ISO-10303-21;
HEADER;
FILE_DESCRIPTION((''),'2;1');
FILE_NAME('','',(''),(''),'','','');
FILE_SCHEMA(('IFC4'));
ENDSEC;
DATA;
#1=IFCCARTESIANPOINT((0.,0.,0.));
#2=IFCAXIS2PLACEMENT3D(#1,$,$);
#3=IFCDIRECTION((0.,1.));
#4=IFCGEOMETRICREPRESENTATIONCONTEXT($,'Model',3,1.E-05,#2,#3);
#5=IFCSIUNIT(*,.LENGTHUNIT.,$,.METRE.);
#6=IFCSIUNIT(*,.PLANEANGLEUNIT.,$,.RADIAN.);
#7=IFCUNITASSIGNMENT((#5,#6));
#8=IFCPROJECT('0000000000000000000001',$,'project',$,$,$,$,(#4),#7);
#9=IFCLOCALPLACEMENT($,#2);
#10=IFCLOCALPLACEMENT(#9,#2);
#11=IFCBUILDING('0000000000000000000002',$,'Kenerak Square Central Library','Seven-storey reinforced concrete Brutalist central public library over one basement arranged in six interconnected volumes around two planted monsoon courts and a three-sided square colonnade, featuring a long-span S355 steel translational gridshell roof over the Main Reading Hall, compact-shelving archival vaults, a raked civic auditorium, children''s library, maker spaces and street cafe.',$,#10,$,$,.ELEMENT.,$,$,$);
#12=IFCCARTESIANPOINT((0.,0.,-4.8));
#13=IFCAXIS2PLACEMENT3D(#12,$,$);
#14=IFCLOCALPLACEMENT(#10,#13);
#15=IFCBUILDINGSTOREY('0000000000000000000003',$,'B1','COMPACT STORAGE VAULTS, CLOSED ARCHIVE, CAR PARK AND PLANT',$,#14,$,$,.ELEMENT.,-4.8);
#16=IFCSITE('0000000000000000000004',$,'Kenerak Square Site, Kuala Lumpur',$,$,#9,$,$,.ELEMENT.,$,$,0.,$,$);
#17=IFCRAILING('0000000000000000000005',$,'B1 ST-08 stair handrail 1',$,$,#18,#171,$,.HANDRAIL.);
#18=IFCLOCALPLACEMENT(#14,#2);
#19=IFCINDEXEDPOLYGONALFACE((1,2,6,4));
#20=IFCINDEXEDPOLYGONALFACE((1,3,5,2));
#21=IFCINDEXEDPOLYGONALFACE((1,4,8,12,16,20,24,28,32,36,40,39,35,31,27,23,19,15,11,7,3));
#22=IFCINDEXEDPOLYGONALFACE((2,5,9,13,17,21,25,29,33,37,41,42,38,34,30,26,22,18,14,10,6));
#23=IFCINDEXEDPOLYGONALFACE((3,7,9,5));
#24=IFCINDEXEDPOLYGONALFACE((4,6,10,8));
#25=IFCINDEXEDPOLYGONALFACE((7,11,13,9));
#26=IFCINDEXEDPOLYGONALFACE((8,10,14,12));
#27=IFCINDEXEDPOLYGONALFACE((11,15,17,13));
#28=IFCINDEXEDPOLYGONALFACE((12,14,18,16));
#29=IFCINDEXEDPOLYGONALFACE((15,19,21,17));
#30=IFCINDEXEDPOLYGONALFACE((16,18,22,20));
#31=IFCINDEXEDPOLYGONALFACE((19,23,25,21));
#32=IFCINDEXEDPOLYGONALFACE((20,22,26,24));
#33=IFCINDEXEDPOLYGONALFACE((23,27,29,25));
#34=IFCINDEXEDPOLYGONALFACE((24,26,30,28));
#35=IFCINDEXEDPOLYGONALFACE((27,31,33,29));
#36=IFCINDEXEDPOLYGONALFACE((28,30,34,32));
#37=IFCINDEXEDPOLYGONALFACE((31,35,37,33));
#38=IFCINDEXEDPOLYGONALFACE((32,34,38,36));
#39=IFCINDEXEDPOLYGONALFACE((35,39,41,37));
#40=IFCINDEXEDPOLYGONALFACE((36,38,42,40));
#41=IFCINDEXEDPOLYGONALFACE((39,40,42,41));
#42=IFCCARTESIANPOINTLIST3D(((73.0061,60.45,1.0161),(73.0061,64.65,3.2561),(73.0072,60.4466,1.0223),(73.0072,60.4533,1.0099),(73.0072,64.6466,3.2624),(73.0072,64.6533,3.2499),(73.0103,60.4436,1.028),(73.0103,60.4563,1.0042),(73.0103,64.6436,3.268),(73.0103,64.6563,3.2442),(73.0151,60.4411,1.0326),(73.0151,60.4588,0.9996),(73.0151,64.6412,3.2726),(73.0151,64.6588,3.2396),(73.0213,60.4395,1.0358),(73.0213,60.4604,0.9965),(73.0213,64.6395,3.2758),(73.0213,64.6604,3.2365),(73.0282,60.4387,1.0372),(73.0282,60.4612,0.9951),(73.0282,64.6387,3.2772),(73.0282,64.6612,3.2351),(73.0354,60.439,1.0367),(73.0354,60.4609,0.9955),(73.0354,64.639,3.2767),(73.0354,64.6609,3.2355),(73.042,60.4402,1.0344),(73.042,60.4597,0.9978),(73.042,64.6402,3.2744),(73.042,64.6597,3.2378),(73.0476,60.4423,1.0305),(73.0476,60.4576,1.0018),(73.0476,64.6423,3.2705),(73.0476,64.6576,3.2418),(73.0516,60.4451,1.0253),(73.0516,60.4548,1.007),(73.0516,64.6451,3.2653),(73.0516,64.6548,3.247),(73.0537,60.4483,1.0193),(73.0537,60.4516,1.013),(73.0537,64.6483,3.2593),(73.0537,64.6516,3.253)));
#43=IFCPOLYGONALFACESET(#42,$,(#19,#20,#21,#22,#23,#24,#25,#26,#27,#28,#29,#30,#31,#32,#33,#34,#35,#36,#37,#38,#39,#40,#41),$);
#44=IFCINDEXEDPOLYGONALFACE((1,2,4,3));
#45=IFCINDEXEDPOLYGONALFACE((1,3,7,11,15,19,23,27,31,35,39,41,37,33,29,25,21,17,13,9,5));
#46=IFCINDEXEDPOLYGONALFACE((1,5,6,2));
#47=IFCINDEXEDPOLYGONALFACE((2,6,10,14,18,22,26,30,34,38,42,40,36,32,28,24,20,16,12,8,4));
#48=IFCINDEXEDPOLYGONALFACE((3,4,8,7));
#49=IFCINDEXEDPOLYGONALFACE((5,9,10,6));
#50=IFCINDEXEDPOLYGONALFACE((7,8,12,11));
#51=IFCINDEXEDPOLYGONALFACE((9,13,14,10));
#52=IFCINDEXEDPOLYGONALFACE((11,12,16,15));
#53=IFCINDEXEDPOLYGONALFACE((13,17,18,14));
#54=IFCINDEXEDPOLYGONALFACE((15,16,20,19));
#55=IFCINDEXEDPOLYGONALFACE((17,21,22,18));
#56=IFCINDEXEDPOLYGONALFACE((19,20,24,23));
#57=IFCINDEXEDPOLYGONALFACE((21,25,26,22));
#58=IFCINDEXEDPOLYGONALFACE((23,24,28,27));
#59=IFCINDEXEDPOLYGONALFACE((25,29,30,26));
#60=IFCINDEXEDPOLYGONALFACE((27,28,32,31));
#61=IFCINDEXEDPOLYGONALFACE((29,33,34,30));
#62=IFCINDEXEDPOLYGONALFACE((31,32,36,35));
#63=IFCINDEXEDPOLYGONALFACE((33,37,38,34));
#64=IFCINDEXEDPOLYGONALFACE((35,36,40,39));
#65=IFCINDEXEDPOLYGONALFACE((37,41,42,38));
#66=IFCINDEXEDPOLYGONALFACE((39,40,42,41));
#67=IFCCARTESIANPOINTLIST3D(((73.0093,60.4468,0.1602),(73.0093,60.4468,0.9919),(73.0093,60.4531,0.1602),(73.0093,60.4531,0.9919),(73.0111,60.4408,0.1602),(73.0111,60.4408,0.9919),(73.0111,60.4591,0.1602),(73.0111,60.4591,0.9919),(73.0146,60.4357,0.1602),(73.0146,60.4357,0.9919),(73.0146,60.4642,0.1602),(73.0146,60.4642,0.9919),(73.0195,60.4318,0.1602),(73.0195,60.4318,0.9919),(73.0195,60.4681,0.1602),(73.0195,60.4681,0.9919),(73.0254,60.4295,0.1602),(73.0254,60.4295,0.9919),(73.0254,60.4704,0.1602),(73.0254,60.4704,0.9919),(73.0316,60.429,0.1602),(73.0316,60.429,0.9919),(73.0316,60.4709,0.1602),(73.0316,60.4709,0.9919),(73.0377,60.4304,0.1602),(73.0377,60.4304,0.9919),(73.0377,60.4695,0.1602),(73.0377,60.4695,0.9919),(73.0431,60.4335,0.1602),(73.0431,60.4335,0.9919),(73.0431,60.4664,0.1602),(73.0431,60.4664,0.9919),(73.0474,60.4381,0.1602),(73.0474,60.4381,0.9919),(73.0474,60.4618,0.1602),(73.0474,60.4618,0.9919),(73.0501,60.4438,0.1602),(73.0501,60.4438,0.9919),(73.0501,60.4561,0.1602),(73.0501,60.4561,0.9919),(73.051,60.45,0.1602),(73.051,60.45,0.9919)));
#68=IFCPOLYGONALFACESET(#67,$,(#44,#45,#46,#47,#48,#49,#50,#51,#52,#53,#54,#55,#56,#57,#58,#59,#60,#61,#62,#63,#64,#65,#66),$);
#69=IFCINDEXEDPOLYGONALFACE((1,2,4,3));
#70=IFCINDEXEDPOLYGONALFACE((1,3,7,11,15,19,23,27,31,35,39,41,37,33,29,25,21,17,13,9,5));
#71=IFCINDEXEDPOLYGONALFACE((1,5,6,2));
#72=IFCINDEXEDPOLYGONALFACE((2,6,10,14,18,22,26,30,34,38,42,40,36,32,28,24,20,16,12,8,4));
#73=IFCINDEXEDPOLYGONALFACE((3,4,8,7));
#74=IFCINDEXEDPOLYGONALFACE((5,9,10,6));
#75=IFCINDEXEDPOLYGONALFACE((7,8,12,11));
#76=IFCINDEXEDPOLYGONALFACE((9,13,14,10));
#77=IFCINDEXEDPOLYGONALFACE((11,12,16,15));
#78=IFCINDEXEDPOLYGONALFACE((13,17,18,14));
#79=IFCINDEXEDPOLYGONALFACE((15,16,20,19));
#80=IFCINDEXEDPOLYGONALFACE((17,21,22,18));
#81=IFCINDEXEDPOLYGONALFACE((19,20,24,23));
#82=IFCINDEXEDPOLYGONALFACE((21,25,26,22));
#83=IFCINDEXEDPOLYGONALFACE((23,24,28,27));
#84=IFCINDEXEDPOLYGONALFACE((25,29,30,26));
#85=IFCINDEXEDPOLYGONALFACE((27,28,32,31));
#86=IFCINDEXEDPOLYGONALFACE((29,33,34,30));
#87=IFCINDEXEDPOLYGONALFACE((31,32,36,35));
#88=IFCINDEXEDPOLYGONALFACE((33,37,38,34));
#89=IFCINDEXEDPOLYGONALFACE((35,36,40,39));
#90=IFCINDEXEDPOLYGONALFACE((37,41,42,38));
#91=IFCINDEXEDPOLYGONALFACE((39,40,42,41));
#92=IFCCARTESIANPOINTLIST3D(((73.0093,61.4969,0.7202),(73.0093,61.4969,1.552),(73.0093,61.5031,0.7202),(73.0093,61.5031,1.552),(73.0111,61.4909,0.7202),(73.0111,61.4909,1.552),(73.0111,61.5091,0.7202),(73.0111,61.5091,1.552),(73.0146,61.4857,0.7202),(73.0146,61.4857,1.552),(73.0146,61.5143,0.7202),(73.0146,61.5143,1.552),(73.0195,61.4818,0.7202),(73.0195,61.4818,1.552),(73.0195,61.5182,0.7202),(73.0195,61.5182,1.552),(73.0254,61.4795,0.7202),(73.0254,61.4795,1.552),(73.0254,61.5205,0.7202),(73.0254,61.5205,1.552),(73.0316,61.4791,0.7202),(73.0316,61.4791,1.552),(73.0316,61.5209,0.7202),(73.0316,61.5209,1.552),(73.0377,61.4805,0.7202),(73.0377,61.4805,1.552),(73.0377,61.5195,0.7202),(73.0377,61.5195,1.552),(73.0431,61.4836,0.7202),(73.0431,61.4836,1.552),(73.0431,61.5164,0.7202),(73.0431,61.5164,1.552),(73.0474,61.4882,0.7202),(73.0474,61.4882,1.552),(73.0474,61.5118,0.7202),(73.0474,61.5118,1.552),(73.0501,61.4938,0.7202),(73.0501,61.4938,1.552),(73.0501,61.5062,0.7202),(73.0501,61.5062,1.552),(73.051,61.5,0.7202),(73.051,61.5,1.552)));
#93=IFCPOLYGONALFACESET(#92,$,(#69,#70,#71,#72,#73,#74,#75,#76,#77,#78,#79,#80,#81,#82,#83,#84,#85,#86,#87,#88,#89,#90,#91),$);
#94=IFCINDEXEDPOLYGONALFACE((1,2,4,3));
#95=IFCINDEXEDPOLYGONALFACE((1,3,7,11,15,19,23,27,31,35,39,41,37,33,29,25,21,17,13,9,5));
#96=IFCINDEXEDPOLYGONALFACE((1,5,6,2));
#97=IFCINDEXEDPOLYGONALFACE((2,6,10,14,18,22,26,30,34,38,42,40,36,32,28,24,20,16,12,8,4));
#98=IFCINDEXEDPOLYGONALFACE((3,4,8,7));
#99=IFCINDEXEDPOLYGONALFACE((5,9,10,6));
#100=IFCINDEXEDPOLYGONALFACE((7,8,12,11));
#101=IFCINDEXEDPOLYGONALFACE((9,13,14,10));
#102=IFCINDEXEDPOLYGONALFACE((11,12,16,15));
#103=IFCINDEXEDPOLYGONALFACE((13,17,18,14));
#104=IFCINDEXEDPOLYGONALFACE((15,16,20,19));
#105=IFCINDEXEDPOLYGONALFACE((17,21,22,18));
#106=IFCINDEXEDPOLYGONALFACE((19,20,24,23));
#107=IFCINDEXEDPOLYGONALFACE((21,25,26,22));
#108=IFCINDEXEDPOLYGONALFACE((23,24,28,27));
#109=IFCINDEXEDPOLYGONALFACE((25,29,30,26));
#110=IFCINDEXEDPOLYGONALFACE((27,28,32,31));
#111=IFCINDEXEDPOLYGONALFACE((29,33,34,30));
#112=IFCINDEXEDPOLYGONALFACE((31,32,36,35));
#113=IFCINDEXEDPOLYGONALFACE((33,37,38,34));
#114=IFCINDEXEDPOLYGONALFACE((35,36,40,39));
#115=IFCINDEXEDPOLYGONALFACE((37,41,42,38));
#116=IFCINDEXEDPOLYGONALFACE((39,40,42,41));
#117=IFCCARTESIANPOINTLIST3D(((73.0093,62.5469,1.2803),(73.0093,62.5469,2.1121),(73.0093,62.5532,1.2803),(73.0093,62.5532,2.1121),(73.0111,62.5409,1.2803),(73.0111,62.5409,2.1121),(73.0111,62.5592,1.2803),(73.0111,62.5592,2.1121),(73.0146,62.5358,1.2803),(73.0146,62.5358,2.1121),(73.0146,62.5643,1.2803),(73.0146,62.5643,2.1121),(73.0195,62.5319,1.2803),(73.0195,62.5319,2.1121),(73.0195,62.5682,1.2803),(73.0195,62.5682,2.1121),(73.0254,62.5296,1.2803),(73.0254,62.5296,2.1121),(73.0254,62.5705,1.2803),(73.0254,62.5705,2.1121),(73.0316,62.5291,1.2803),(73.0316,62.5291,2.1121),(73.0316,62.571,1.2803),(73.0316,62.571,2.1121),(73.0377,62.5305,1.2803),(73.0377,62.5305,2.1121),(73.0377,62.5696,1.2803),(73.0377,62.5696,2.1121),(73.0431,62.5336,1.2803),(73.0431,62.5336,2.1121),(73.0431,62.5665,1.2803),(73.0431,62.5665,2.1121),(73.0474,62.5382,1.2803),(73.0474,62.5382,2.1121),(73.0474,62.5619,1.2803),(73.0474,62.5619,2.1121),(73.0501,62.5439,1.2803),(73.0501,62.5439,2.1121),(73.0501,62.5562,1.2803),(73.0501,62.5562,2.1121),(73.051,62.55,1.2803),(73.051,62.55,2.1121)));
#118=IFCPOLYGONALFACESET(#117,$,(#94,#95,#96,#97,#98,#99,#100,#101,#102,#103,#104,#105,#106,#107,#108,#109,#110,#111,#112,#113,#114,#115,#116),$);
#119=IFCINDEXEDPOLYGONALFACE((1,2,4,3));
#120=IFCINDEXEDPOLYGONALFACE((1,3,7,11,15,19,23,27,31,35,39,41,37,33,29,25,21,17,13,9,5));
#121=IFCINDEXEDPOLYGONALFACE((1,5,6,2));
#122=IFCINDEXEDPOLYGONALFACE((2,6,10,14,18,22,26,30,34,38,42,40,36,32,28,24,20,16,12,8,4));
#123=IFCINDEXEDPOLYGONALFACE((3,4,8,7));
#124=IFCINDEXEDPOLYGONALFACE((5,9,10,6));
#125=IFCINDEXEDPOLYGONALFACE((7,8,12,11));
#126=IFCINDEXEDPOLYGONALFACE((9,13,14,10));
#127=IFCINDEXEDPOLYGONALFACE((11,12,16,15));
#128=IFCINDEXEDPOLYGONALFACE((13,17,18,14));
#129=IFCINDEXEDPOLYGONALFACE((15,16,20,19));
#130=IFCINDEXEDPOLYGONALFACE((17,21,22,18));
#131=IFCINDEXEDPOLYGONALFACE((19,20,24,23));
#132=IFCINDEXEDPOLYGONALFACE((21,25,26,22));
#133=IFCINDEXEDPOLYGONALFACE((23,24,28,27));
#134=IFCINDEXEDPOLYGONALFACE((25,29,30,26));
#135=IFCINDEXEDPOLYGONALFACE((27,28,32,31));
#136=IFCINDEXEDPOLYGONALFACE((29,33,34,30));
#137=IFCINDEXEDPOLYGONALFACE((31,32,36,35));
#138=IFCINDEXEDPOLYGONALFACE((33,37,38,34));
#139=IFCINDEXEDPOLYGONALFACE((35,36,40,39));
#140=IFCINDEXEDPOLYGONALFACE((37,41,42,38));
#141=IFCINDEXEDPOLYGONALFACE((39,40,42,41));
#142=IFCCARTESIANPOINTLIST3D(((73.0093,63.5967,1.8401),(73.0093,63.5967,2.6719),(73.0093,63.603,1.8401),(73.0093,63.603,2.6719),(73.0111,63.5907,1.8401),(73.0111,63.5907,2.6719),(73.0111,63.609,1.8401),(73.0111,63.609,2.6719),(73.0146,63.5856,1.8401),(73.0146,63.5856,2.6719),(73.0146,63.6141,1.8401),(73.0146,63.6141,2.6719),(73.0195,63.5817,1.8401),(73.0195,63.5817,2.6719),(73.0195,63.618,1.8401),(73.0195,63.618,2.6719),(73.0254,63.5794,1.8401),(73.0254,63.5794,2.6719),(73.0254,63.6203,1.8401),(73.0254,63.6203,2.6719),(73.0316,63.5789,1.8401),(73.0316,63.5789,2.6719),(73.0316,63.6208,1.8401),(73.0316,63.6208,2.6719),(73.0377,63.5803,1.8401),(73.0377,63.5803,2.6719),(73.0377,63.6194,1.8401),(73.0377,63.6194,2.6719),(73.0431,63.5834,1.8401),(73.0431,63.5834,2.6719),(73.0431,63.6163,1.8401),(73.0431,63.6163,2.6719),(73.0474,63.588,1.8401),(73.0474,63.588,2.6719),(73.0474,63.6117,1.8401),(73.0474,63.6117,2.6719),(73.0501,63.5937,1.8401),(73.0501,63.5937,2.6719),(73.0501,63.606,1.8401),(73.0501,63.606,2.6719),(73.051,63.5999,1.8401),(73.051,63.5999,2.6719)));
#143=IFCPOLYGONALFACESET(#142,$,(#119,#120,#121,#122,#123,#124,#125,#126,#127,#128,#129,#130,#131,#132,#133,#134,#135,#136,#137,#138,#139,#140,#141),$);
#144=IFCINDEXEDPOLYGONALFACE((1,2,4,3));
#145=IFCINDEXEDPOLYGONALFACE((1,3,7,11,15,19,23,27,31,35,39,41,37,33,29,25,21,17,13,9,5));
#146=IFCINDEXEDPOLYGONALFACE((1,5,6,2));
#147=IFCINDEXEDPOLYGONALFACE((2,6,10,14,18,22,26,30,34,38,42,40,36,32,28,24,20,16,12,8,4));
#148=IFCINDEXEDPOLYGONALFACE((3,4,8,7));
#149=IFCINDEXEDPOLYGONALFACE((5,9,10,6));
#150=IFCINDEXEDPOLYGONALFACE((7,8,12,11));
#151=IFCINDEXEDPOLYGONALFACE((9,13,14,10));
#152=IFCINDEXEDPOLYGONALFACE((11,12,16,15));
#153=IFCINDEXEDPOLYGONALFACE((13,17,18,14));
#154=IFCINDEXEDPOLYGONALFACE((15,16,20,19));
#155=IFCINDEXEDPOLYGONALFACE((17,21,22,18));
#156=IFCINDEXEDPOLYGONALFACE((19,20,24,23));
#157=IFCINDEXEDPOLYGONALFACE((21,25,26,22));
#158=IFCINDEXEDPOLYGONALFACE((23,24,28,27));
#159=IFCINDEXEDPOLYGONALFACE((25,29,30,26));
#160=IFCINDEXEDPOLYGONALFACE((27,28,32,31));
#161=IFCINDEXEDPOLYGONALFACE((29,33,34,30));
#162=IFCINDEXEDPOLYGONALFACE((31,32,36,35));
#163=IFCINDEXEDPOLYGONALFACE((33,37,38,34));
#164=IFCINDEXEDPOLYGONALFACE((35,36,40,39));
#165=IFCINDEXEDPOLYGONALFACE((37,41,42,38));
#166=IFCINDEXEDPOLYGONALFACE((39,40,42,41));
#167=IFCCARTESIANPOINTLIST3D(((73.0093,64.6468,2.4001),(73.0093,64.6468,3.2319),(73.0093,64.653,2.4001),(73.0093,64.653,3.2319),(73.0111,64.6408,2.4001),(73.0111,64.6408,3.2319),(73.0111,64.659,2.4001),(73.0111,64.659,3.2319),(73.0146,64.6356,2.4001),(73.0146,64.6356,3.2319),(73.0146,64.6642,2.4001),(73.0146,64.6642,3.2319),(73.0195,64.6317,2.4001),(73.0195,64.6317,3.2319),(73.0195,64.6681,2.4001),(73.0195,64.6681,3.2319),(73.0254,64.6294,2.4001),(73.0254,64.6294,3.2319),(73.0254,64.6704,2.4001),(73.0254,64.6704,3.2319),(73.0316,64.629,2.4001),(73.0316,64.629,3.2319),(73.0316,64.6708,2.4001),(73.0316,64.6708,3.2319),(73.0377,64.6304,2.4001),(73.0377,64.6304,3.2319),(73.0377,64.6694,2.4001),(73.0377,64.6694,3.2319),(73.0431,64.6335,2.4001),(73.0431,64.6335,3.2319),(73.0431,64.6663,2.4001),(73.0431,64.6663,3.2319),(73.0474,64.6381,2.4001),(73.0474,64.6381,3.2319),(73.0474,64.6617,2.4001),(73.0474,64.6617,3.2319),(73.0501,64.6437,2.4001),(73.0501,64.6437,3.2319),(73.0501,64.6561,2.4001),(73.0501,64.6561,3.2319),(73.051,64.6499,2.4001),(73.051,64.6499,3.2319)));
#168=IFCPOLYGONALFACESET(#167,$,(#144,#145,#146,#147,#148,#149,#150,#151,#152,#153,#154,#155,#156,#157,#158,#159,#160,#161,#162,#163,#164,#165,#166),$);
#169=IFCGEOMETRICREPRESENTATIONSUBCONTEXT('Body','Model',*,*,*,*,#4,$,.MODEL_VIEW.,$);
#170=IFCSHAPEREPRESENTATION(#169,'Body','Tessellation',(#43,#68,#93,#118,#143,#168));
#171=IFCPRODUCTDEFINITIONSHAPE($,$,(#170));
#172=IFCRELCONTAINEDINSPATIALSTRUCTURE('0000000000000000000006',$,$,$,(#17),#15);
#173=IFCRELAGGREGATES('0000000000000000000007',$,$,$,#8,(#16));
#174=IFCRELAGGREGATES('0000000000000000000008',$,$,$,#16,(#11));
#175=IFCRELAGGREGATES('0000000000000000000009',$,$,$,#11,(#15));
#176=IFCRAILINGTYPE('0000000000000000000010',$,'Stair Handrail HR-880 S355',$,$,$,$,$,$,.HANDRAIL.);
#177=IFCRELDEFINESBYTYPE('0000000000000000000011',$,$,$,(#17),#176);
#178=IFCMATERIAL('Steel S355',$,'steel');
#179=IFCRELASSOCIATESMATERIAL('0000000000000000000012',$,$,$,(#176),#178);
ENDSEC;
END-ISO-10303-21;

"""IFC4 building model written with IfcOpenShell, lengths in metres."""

from ifc_helpers import new_model, si_unit, direction, frame, origin, origin_2d, place, context, subcontext, project, spatial, circle, extrude, material, type_object, element, save


model = new_model("IFC4")

# Units and contexts
model_context = context("Model", 3, precision=1e-05, world=origin(), true_north=direction((0.0, 1.0)))
body_context = subcontext(model_context, "Body", "Model", "MODEL_VIEW")
ifc_project = project(units=[si_unit("LENGTHUNIT", "METRE"), si_unit("PLANEANGLEUNIT", "RADIAN")], contexts=[model_context])

# Site, building, storey
site_placement = place(None, origin())
site = spatial("IfcSite", under=ifc_project, at=site_placement, Name="Kenerak Square Site, Kuala Lumpur", CompositionType="ELEMENT", RefElevation=0.0)
building_placement = place(site_placement, origin())
building = spatial("IfcBuilding", under=site, at=building_placement, Name="Kenerak Square Central Library", Description="Seven-storey reinforced concrete Brutalist central public library over one basement arranged in six interconnected volumes around two planted monsoon courts and a three-sided square colonnade, featuring a long-span S355 steel translational gridshell roof over the Main Reading Hall, compact-shelving archival vaults, a raked civic auditorium, children's library, maker spaces and street cafe.", CompositionType="ELEMENT")
storey_placement = place(building_placement, frame((0.0, 0.0, -4.8)))
storey = spatial("IfcBuildingStorey", under=building, at=storey_placement, Name="B1", Description="COMPACT STORAGE VAULTS, CLOSED ARCHIVE, CAR PARK AND PLANT", CompositionType="ELEMENT", Elevation=-4.8)

# Shared definitions
ifc_material_1 = material(Name="Steel S355", Category="steel")

# Railing
railing_type_1 = type_object("IfcRailingType", Name="Stair Handrail HR-880 S355", PredefinedType="HANDRAIL", material=ifc_material_1)
railing_1_placement = place(storey_placement, frame((73.03, 60.45, 0.1602)))
element("IfcRailing", 1, at=railing_1_placement, inside=storey, type_object=railing_type_1, Name="B1 ST-08 stair handrail 1", PredefinedType="HANDRAIL", context=body_context, shape_type="SweptSolid", body=[
    extrude(circle(Radius=0.0239, at=origin_2d()), frame((0.0, 0.0, 0.856), z_axis=(0.0, 0.882352, 0.470591), x_axis=(-1.0, 0.0, 0.0)), (0.0, 0.0, 1.0), 4.76),
    extrude(circle(Radius=0.021, at=origin_2d()), origin(), (0.0, 0.0, 1.0), 0.8318),
    extrude(circle(Radius=0.021, at=origin_2d()), frame((0.0, 1.05, 0.5601)), (0.0, 0.0, 1.0), 0.8318),
    extrude(circle(Radius=0.021, at=origin_2d()), frame((0.0, 2.1001, 1.1201)), (0.0, 0.0, 1.0), 0.8318),
    extrude(circle(Radius=0.021, at=origin_2d()), frame((0.0, 3.1499, 1.6799)), (0.0, 0.0, 1.0), 0.8318),
    extrude(circle(Radius=0.021, at=origin_2d()), frame((0.0, 4.2, 2.24)), (0.0, 0.0, 1.0), 0.8318),
])

save(model, "model.ifc")
